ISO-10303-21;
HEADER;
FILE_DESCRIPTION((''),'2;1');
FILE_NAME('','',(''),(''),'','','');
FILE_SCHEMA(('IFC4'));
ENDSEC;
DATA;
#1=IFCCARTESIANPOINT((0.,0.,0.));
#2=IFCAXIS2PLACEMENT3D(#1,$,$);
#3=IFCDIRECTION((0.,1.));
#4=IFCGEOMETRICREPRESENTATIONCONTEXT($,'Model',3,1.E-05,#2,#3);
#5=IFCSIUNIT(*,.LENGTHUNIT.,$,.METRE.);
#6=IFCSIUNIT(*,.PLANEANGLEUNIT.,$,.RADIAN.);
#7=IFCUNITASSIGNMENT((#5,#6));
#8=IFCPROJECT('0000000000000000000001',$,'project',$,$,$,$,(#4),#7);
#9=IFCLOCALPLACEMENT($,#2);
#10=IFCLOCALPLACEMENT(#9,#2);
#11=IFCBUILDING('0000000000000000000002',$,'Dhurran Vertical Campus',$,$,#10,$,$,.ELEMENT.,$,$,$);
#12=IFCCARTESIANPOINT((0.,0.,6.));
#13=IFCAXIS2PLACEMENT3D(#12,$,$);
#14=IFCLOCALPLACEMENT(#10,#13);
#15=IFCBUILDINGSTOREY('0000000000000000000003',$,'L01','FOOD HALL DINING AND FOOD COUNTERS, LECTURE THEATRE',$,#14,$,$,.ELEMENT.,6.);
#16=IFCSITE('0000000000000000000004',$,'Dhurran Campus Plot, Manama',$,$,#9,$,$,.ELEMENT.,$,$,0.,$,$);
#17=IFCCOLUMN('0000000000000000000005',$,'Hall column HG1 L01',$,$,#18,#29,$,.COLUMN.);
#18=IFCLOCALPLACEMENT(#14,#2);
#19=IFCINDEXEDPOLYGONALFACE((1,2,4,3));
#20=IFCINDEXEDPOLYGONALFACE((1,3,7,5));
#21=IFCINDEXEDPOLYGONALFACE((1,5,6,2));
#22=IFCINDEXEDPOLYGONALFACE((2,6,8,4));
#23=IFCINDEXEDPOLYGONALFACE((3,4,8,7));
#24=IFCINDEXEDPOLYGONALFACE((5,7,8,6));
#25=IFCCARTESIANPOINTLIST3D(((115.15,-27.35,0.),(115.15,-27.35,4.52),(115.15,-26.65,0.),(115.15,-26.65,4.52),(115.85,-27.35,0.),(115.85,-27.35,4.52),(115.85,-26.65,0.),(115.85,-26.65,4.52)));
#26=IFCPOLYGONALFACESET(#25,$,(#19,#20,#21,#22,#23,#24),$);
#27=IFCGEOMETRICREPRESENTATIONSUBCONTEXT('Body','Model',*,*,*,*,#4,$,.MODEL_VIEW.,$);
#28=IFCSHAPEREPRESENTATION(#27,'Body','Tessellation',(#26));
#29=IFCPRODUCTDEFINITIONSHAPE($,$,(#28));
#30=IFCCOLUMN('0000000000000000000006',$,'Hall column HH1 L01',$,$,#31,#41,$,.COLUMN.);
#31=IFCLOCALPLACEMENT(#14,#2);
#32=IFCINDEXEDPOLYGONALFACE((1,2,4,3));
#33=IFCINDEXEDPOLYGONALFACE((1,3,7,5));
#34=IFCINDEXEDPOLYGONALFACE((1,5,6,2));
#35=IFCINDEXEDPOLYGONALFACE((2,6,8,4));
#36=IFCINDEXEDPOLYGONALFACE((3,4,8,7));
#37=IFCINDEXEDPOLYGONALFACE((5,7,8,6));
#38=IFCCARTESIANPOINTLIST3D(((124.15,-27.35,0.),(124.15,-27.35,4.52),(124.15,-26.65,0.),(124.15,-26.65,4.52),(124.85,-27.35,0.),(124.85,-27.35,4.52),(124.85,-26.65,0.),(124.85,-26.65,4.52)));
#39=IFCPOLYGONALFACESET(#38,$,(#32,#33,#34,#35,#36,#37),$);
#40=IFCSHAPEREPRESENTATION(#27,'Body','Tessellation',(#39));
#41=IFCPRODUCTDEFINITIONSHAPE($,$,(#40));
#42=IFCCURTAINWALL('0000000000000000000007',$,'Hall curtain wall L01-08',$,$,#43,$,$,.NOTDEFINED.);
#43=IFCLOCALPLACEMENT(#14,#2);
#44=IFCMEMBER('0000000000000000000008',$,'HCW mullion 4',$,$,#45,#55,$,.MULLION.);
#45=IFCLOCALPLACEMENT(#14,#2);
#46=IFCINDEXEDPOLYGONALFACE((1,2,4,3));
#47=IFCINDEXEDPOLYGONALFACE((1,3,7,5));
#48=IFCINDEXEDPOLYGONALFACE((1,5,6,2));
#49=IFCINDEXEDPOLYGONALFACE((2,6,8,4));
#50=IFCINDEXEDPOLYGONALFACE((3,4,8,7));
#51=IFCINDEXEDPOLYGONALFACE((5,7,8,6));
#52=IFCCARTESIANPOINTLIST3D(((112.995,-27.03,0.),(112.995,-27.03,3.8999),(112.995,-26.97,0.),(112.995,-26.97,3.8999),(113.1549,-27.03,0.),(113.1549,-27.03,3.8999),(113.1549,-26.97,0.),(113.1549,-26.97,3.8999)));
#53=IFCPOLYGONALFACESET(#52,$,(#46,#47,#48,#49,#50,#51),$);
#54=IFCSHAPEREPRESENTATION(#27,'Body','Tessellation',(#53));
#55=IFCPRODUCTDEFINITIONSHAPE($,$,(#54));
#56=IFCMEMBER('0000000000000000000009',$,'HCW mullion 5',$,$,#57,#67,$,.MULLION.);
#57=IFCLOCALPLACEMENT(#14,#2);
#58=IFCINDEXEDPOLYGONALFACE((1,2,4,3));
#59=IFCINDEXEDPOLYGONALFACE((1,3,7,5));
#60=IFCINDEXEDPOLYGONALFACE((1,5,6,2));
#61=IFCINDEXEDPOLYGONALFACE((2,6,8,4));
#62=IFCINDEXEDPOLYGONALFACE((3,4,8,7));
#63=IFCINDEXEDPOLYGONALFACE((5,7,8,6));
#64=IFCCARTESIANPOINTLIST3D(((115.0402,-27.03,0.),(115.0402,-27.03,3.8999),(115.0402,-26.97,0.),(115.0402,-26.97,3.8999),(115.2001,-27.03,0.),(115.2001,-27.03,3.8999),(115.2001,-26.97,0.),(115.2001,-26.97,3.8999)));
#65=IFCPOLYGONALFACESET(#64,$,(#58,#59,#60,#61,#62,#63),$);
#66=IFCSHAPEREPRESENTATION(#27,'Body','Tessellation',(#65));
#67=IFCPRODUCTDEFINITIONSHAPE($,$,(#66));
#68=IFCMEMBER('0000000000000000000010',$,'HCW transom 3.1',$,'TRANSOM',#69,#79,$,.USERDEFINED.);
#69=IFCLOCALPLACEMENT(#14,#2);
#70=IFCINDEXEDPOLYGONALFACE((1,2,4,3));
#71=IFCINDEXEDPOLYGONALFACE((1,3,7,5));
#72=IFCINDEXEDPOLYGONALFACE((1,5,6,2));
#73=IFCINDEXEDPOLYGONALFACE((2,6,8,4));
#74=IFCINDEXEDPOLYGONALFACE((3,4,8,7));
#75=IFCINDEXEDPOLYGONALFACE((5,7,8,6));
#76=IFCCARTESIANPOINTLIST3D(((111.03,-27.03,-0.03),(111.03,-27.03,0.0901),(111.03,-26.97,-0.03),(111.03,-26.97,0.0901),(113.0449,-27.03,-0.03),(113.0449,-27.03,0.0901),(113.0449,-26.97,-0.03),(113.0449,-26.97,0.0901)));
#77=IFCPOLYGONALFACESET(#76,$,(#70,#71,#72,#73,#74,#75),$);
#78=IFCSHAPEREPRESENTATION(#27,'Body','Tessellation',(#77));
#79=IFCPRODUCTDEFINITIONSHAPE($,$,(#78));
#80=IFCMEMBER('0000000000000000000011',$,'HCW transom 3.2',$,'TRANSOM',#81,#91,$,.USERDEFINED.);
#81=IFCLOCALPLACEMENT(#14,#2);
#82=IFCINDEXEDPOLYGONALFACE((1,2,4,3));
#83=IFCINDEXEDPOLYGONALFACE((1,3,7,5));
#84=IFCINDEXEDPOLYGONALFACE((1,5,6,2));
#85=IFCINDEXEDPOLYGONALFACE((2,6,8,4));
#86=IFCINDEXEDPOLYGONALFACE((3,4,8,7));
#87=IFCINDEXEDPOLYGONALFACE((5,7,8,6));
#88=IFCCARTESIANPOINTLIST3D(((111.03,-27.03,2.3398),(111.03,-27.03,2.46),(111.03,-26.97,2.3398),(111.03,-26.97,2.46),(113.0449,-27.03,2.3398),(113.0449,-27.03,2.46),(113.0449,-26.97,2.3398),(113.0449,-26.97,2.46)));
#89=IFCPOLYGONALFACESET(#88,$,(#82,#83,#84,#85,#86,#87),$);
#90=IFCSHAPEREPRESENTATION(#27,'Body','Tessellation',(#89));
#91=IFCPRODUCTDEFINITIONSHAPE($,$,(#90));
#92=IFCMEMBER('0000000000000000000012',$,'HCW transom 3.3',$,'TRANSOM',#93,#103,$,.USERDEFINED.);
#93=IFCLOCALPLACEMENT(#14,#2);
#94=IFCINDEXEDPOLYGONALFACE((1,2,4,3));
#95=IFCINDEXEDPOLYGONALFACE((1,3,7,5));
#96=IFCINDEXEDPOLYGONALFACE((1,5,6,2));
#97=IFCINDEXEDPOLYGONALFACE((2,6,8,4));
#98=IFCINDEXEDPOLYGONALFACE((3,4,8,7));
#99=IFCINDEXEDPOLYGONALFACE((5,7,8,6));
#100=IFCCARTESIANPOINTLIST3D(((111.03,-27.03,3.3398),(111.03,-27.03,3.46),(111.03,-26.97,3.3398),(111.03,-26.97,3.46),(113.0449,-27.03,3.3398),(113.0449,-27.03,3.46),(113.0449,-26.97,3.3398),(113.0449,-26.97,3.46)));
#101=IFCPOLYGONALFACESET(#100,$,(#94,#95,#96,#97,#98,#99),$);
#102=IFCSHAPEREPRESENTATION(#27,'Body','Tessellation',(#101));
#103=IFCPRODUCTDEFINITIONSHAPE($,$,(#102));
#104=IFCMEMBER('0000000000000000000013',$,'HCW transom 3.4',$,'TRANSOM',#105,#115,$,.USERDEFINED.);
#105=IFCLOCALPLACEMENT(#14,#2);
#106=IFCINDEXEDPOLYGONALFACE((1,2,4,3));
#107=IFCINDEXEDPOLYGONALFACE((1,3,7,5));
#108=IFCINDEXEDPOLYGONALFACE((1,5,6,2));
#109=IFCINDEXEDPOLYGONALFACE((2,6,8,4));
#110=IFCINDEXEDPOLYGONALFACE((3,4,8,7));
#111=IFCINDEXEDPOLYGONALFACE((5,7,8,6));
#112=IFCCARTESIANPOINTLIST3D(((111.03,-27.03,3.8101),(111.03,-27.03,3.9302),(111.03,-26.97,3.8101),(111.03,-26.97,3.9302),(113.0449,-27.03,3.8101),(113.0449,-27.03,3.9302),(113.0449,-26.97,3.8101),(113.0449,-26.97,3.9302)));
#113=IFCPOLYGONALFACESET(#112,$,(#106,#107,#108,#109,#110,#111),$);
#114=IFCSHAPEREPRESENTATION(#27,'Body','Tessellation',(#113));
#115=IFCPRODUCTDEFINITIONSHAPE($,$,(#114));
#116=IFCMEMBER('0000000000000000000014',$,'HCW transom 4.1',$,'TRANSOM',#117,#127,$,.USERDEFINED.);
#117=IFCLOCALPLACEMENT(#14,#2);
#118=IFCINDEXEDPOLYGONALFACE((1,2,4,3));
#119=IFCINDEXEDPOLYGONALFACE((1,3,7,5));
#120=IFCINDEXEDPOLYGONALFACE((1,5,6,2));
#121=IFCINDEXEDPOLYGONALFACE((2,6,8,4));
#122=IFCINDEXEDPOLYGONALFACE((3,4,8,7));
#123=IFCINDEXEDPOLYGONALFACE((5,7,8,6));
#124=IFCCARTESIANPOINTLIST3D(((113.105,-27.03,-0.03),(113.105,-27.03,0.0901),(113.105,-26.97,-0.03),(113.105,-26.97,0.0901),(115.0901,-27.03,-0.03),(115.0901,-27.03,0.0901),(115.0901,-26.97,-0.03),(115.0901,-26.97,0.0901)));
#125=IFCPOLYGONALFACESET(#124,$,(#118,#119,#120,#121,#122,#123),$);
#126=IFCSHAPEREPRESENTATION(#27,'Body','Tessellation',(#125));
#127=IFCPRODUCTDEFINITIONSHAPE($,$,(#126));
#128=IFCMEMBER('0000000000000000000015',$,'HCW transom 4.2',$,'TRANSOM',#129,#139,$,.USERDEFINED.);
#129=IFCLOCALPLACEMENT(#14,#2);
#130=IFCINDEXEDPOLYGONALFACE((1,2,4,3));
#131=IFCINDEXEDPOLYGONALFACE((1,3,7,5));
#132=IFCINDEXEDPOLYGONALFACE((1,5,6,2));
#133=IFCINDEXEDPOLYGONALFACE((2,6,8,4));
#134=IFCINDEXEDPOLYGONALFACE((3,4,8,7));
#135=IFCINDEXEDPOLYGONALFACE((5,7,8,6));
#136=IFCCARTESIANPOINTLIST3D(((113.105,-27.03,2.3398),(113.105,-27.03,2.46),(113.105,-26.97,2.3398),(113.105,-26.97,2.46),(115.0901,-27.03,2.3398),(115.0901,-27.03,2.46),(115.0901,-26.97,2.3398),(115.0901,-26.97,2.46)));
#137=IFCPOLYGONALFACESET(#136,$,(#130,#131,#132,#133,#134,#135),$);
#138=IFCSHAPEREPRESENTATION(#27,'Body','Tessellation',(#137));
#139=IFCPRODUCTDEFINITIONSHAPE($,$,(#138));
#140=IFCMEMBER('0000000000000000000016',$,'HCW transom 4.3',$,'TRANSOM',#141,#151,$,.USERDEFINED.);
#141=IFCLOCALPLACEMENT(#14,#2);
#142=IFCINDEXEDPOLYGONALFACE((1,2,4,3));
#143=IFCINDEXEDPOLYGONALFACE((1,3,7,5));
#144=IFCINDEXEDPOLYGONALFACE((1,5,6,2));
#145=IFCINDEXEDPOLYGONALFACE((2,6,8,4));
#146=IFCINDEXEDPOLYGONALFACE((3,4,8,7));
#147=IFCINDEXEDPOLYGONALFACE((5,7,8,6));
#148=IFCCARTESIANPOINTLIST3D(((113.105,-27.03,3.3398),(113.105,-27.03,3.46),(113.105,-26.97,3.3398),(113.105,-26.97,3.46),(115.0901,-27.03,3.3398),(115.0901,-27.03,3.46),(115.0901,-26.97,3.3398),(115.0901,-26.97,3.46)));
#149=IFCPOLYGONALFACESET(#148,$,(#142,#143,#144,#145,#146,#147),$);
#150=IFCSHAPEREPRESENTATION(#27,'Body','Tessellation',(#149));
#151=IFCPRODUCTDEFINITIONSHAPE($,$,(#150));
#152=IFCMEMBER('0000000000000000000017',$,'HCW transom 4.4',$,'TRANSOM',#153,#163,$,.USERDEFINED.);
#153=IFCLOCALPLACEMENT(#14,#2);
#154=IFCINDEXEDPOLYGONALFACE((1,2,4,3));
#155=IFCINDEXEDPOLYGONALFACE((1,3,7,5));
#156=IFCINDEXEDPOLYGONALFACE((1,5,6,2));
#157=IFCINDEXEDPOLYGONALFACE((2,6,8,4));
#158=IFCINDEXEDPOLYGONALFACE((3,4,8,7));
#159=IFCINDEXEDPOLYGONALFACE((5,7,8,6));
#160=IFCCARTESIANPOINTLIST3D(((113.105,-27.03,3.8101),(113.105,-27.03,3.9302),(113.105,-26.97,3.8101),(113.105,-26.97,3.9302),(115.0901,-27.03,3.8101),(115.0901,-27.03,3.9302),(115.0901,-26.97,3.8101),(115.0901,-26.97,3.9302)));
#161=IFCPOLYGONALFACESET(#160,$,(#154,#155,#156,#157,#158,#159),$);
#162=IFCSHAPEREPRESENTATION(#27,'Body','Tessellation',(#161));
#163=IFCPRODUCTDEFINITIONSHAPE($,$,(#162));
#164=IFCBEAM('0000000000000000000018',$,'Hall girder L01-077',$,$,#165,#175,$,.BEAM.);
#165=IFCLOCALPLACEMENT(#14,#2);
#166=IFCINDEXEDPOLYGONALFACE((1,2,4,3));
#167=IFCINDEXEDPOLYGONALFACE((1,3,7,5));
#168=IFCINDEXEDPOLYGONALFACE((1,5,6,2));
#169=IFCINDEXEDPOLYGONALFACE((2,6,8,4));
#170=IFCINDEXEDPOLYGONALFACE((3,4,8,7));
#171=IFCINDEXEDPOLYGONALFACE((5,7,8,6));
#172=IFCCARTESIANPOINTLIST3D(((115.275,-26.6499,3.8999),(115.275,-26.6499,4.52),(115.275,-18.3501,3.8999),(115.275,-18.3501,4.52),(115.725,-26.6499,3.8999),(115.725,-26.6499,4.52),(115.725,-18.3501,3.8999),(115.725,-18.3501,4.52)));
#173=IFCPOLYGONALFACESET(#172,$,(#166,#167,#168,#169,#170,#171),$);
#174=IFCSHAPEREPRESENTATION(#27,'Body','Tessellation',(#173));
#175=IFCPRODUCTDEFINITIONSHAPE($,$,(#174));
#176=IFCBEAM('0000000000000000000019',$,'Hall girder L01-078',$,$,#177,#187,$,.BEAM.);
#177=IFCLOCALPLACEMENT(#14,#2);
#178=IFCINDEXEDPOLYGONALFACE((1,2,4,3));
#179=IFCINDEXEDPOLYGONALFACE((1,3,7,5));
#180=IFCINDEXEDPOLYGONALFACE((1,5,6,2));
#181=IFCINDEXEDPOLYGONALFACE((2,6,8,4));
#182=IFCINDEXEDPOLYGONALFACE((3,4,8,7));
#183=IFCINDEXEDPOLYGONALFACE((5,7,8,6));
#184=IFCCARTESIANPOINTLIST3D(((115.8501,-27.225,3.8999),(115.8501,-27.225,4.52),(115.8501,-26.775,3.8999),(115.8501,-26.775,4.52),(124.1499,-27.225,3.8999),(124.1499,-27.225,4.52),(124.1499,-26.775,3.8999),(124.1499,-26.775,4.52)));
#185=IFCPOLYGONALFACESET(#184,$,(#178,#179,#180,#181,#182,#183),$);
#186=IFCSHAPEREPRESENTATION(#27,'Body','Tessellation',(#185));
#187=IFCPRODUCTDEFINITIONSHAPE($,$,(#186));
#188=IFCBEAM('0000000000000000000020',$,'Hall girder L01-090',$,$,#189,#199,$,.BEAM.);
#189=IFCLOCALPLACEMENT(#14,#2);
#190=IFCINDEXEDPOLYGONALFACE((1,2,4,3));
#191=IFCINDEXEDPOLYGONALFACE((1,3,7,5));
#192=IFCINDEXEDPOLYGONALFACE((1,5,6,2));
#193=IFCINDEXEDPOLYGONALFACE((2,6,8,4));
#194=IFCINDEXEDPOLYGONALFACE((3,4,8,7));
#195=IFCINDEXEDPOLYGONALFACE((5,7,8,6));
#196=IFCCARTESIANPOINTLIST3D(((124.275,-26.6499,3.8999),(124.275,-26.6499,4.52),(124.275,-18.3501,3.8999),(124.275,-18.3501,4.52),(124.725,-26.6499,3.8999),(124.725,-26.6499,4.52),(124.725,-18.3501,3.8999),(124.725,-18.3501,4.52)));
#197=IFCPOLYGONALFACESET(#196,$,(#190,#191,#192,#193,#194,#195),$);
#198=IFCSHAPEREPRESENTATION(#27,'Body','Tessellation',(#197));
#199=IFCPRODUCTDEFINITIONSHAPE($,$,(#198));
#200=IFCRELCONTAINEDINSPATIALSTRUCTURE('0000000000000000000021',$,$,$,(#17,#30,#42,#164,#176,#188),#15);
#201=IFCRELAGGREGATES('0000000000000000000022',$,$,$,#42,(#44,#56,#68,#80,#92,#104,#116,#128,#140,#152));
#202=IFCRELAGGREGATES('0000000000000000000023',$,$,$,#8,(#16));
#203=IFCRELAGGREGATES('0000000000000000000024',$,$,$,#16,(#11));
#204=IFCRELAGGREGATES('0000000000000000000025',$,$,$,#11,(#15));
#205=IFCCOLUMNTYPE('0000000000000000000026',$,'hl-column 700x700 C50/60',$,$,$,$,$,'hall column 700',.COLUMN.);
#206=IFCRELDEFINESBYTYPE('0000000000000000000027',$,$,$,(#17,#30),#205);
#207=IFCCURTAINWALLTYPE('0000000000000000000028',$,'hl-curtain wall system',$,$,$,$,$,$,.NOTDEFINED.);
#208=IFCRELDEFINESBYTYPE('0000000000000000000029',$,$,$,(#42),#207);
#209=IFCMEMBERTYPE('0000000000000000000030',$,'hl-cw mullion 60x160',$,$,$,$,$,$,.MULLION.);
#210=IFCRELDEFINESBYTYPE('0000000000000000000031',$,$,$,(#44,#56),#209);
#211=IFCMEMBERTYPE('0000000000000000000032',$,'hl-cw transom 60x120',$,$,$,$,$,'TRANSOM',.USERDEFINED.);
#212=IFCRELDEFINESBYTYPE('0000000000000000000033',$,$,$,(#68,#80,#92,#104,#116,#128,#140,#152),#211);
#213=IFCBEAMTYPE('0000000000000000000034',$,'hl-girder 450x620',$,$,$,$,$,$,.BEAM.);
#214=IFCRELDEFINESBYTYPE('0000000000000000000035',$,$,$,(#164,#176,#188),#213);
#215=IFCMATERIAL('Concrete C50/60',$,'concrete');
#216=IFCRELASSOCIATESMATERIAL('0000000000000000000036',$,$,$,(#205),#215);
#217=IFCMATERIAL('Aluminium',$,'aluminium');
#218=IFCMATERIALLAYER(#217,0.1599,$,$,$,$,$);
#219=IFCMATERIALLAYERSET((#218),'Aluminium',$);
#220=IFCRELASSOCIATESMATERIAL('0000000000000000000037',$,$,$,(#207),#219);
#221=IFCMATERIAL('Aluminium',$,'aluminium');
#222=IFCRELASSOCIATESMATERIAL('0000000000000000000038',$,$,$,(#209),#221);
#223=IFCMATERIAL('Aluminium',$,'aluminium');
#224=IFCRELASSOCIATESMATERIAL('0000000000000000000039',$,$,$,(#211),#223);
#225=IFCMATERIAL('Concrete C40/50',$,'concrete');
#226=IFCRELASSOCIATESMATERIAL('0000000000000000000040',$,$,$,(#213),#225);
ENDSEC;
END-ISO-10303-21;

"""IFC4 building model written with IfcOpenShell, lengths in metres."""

from ifc_helpers import new_model, si_unit, direction, frame, origin, origin_2d, place, context, subcontext, project, spatial, rectangle, extrude, material, layer, layer_set, material_profile, profile_set, type_object, element, aggregate, save


model = new_model("IFC4")

# Units and contexts
model_context = context("Model", 3, precision=1e-05, world=origin(), true_north=direction((0.0, 1.0)))
body_context = subcontext(model_context, "Body", "Model", "MODEL_VIEW")
ifc_project = project(units=[si_unit("LENGTHUNIT", "METRE"), si_unit("PLANEANGLEUNIT", "RADIAN")], contexts=[model_context])

# Site, building, storey
site_placement = place(None, origin())
site = spatial("IfcSite", under=ifc_project, at=site_placement, Name="Dhurran Campus Plot, Manama", CompositionType="ELEMENT", RefElevation=0.0)
building_placement = place(site_placement, origin())
building = spatial("IfcBuilding", under=site, at=building_placement, Name="Dhurran Vertical Campus", CompositionType="ELEMENT")
storey_placement = place(building_placement, frame((0.0, 0.0, 6.0)))
storey = spatial("IfcBuildingStorey", under=building, at=storey_placement, Name="L01", Description="FOOD HALL DINING AND FOOD COUNTERS, LECTURE THEATRE", CompositionType="ELEMENT", Elevation=6.0)

# Columns
ifc_material_1 = material(Name="Concrete C50/60", Category="concrete")
ifc_material_profile_1 = material_profile(ifc_material_1, rectangle(XDim=0.7, YDim=0.7, at=origin_2d()), Name="hl-column 700x700 C50/60")
ifc_profile_set_1 = profile_set([ifc_material_profile_1], Name="Concrete C50/60")
column_type = type_object("IfcColumnType", Name="hl-column 700x700 C50/60", ElementType="hall column 700", PredefinedType="COLUMN", material=ifc_profile_set_1)
for number, where, z_axis, x_axis, name in (
    (1, (115.5, -27.0, 0.0), (0.0, 0.0, 1.0), (1.0, 0.0, 0.0), "Hall column HG1 L01"),
    (2, (124.5, -27.0, 0.0), (0.0, 0.0, 1.0), (1.0, 0.0, 0.0), "Hall column HH1 L01"),
):
    element("IfcColumn", number, at=place(storey_placement, frame(where, z_axis=z_axis, x_axis=x_axis)), inside=storey, type_object=column_type, Name=name, PredefinedType="COLUMN", context=body_context, shape_type="SweptSolid", body=[
        extrude(rectangle(XDim=0.7, YDim=0.7, at=origin_2d()), origin(), (0.0, 0.0, 1.0), 4.52),
    ])

# Curtain wall, members
ifc_material_2 = material(Name="Aluminium", Category="aluminium")
ifc_layer_1 = layer(ifc_material_2, 0.1599)
ifc_layer_set_1 = layer_set([ifc_layer_1], Name="Aluminium")
curtain_wall_type = type_object("IfcCurtainWallType", Name="hl-curtain wall system", PredefinedType="NOTDEFINED", material=ifc_layer_set_1)
curtain_wall_placement = place(storey_placement, origin())
curtain_wall = element("IfcCurtainWall", 3, at=curtain_wall_placement, inside=storey, type_object=curtain_wall_type, Name="Hall curtain wall L01-08", PredefinedType="NOTDEFINED")
ifc_material_3 = material(Name="Aluminium", Category="aluminium")
ifc_material_profile_2 = material_profile(ifc_material_3, rectangle(XDim=0.0601, YDim=0.1599, at=origin_2d()), Name="hl-cw mullion 60x160")
ifc_profile_set_2 = profile_set([ifc_material_profile_2], Name="Aluminium")
member_type_1 = type_object("IfcMemberType", Name="hl-cw mullion 60x160", PredefinedType="MULLION", material=ifc_profile_set_2)
member_1_placement = place(storey_placement, frame((113.075, -27.0, 0.0), z_axis=(0.0, 0.0, 1.0), x_axis=(0.0, 1.0, 0.0)))
member_1 = element("IfcMember", 4, at=member_1_placement, type_object=member_type_1, Name="HCW mullion 4", PredefinedType="MULLION", context=body_context, shape_type="SweptSolid", body=[
    extrude(rectangle(XDim=0.0601, YDim=0.1599, at=origin_2d()), origin(), (0.0, 0.0, 1.0), 3.8999),
])
member_2_placement = place(storey_placement, frame((115.1201, -27.0, 0.0), z_axis=(0.0, 0.0, 1.0), x_axis=(0.0, 1.0, 0.0)))
member_2 = element("IfcMember", 5, at=member_2_placement, type_object=member_type_1, Name="HCW mullion 5", PredefinedType="MULLION", context=body_context, shape_type="SweptSolid", body=[
    extrude(rectangle(XDim=0.0601, YDim=0.1599, at=origin_2d()), origin(), (0.0, 0.0, 1.0), 3.8999),
])
ifc_material_4 = material(Name="Aluminium", Category="aluminium")
ifc_material_profile_3 = material_profile(ifc_material_4, rectangle(XDim=0.0601, YDim=0.1201, at=origin_2d()), Name="hl-cw transom 60x120")
ifc_profile_set_3 = profile_set([ifc_material_profile_3], Name="Aluminium")
member_type_2 = type_object("IfcMemberType", Name="hl-cw transom 60x120", ElementType="TRANSOM", PredefinedType="USERDEFINED", material=ifc_profile_set_3)
member_3_placement = place(storey_placement, frame((111.03, -27.0, 0.03), z_axis=(1.0, 0.0, 0.0), x_axis=(0.0, 1.0, 0.0)))
member_3 = element("IfcMember", 6, at=member_3_placement, type_object=member_type_2, Name="HCW transom 3.1", ObjectType="TRANSOM", PredefinedType="USERDEFINED", context=body_context, shape_type="SweptSolid", body=[
    extrude(rectangle(XDim=0.0601, YDim=0.1201, at=origin_2d()), origin(), (0.0, 0.0, 1.0), 2.0149),
])
member_4_placement = place(storey_placement, frame((111.03, -27.0, 2.3999), z_axis=(1.0, 0.0, 0.0), x_axis=(0.0, 1.0, 0.0)))
member_4 = element("IfcMember", 7, at=member_4_placement, type_object=member_type_2, Name="HCW transom 3.2", ObjectType="TRANSOM", PredefinedType="USERDEFINED", context=body_context, shape_type="SweptSolid", body=[
    extrude(rectangle(XDim=0.0601, YDim=0.1201, at=origin_2d()), origin(), (0.0, 0.0, 1.0), 2.0149),
])
member_5_placement = place(storey_placement, frame((111.03, -27.0, 3.3999), z_axis=(1.0, 0.0, 0.0), x_axis=(0.0, 1.0, 0.0)))
member_5 = element("IfcMember", 8, at=member_5_placement, type_object=member_type_2, Name="HCW transom 3.3", ObjectType="TRANSOM", PredefinedType="USERDEFINED", context=body_context, shape_type="SweptSolid", body=[
    extrude(rectangle(XDim=0.0601, YDim=0.1201, at=origin_2d()), origin(), (0.0, 0.0, 1.0), 2.0149),
])
member_6_placement = place(storey_placement, frame((111.03, -27.0, 3.8701), z_axis=(1.0, 0.0, 0.0), x_axis=(0.0, 1.0, 0.0)))
member_6 = element("IfcMember", 9, at=member_6_placement, type_object=member_type_2, Name="HCW transom 3.4", ObjectType="TRANSOM", PredefinedType="USERDEFINED", context=body_context, shape_type="SweptSolid", body=[
    extrude(rectangle(XDim=0.0601, YDim=0.1201, at=origin_2d()), origin(), (0.0, 0.0, 1.0), 2.0149),
])
member_7_placement = place(storey_placement, frame((113.105, -27.0, 0.03), z_axis=(1.0, 0.0, 0.0), x_axis=(0.0, 1.0, 0.0)))
member_7 = element("IfcMember", 10, at=member_7_placement, type_object=member_type_2, Name="HCW transom 4.1", ObjectType="TRANSOM", PredefinedType="USERDEFINED", context=body_context, shape_type="SweptSolid", body=[
    extrude(rectangle(XDim=0.0601, YDim=0.1201, at=origin_2d()), origin(), (0.0, 0.0, 1.0), 1.9851),
])
member_8_placement = place(storey_placement, frame((113.105, -27.0, 2.3999), z_axis=(1.0, 0.0, 0.0), x_axis=(0.0, 1.0, 0.0)))
member_8 = element("IfcMember", 11, at=member_8_placement, type_object=member_type_2, Name="HCW transom 4.2", ObjectType="TRANSOM", PredefinedType="USERDEFINED", context=body_context, shape_type="SweptSolid", body=[
    extrude(rectangle(XDim=0.0601, YDim=0.1201, at=origin_2d()), origin(), (0.0, 0.0, 1.0), 1.9851),
])
member_9_placement = place(storey_placement, frame((113.105, -27.0, 3.3999), z_axis=(1.0, 0.0, 0.0), x_axis=(0.0, 1.0, 0.0)))
member_9 = element("IfcMember", 12, at=member_9_placement, type_object=member_type_2, Name="HCW transom 4.3", ObjectType="TRANSOM", PredefinedType="USERDEFINED", context=body_context, shape_type="SweptSolid", body=[
    extrude(rectangle(XDim=0.0601, YDim=0.1201, at=origin_2d()), origin(), (0.0, 0.0, 1.0), 1.9851),
])
member_10_placement = place(storey_placement, frame((113.105, -27.0, 3.8701), z_axis=(1.0, 0.0, 0.0), x_axis=(0.0, 1.0, 0.0)))
member_10 = element("IfcMember", 13, at=member_10_placement, type_object=member_type_2, Name="HCW transom 4.4", ObjectType="TRANSOM", PredefinedType="USERDEFINED", context=body_context, shape_type="SweptSolid", body=[
    extrude(rectangle(XDim=0.0601, YDim=0.1201, at=origin_2d()), origin(), (0.0, 0.0, 1.0), 1.9851),
])

# Beams
ifc_material_5 = material(Name="Concrete C40/50", Category="concrete")
ifc_material_profile_4 = material_profile(ifc_material_5, rectangle(XDim=0.45, YDim=0.6201, at=origin_2d()), Name="hl-girder 450x620")
ifc_profile_set_4 = profile_set([ifc_material_profile_4], Name="Concrete C40/50")
beam_type = type_object("IfcBeamType", Name="hl-girder 450x620", PredefinedType="BEAM", material=ifc_profile_set_4)
for number, where, z_axis, x_axis, name in (
    (14, (115.5, -26.6499, 4.21), (0.0, 1.0, 0.0), (-1.0, 0.0, 0.0), "Hall girder L01-077"),
    (15, (115.8501, -27.0, 4.21), (1.0, 0.0, 0.0), (0.0, 1.0, 0.0), "Hall girder L01-078"),
    (16, (124.5, -26.6499, 4.21), (0.0, 1.0, 0.0), (-1.0, 0.0, 0.0), "Hall girder L01-090"),
):
    element("IfcBeam", number, at=place(storey_placement, frame(where, z_axis=z_axis, x_axis=x_axis)), inside=storey, type_object=beam_type, Name=name, PredefinedType="BEAM", context=body_context, shape_type="SweptSolid", body=[
        extrude(rectangle(XDim=0.45, YDim=0.6201, at=origin_2d()), origin(), (0.0, 0.0, 1.0), 8.2998),
    ])

aggregate(curtain_wall, [member_1, member_2, member_3, member_4, member_5, member_6, member_7, member_8, member_9, member_10])

save(model, "model.ifc")
